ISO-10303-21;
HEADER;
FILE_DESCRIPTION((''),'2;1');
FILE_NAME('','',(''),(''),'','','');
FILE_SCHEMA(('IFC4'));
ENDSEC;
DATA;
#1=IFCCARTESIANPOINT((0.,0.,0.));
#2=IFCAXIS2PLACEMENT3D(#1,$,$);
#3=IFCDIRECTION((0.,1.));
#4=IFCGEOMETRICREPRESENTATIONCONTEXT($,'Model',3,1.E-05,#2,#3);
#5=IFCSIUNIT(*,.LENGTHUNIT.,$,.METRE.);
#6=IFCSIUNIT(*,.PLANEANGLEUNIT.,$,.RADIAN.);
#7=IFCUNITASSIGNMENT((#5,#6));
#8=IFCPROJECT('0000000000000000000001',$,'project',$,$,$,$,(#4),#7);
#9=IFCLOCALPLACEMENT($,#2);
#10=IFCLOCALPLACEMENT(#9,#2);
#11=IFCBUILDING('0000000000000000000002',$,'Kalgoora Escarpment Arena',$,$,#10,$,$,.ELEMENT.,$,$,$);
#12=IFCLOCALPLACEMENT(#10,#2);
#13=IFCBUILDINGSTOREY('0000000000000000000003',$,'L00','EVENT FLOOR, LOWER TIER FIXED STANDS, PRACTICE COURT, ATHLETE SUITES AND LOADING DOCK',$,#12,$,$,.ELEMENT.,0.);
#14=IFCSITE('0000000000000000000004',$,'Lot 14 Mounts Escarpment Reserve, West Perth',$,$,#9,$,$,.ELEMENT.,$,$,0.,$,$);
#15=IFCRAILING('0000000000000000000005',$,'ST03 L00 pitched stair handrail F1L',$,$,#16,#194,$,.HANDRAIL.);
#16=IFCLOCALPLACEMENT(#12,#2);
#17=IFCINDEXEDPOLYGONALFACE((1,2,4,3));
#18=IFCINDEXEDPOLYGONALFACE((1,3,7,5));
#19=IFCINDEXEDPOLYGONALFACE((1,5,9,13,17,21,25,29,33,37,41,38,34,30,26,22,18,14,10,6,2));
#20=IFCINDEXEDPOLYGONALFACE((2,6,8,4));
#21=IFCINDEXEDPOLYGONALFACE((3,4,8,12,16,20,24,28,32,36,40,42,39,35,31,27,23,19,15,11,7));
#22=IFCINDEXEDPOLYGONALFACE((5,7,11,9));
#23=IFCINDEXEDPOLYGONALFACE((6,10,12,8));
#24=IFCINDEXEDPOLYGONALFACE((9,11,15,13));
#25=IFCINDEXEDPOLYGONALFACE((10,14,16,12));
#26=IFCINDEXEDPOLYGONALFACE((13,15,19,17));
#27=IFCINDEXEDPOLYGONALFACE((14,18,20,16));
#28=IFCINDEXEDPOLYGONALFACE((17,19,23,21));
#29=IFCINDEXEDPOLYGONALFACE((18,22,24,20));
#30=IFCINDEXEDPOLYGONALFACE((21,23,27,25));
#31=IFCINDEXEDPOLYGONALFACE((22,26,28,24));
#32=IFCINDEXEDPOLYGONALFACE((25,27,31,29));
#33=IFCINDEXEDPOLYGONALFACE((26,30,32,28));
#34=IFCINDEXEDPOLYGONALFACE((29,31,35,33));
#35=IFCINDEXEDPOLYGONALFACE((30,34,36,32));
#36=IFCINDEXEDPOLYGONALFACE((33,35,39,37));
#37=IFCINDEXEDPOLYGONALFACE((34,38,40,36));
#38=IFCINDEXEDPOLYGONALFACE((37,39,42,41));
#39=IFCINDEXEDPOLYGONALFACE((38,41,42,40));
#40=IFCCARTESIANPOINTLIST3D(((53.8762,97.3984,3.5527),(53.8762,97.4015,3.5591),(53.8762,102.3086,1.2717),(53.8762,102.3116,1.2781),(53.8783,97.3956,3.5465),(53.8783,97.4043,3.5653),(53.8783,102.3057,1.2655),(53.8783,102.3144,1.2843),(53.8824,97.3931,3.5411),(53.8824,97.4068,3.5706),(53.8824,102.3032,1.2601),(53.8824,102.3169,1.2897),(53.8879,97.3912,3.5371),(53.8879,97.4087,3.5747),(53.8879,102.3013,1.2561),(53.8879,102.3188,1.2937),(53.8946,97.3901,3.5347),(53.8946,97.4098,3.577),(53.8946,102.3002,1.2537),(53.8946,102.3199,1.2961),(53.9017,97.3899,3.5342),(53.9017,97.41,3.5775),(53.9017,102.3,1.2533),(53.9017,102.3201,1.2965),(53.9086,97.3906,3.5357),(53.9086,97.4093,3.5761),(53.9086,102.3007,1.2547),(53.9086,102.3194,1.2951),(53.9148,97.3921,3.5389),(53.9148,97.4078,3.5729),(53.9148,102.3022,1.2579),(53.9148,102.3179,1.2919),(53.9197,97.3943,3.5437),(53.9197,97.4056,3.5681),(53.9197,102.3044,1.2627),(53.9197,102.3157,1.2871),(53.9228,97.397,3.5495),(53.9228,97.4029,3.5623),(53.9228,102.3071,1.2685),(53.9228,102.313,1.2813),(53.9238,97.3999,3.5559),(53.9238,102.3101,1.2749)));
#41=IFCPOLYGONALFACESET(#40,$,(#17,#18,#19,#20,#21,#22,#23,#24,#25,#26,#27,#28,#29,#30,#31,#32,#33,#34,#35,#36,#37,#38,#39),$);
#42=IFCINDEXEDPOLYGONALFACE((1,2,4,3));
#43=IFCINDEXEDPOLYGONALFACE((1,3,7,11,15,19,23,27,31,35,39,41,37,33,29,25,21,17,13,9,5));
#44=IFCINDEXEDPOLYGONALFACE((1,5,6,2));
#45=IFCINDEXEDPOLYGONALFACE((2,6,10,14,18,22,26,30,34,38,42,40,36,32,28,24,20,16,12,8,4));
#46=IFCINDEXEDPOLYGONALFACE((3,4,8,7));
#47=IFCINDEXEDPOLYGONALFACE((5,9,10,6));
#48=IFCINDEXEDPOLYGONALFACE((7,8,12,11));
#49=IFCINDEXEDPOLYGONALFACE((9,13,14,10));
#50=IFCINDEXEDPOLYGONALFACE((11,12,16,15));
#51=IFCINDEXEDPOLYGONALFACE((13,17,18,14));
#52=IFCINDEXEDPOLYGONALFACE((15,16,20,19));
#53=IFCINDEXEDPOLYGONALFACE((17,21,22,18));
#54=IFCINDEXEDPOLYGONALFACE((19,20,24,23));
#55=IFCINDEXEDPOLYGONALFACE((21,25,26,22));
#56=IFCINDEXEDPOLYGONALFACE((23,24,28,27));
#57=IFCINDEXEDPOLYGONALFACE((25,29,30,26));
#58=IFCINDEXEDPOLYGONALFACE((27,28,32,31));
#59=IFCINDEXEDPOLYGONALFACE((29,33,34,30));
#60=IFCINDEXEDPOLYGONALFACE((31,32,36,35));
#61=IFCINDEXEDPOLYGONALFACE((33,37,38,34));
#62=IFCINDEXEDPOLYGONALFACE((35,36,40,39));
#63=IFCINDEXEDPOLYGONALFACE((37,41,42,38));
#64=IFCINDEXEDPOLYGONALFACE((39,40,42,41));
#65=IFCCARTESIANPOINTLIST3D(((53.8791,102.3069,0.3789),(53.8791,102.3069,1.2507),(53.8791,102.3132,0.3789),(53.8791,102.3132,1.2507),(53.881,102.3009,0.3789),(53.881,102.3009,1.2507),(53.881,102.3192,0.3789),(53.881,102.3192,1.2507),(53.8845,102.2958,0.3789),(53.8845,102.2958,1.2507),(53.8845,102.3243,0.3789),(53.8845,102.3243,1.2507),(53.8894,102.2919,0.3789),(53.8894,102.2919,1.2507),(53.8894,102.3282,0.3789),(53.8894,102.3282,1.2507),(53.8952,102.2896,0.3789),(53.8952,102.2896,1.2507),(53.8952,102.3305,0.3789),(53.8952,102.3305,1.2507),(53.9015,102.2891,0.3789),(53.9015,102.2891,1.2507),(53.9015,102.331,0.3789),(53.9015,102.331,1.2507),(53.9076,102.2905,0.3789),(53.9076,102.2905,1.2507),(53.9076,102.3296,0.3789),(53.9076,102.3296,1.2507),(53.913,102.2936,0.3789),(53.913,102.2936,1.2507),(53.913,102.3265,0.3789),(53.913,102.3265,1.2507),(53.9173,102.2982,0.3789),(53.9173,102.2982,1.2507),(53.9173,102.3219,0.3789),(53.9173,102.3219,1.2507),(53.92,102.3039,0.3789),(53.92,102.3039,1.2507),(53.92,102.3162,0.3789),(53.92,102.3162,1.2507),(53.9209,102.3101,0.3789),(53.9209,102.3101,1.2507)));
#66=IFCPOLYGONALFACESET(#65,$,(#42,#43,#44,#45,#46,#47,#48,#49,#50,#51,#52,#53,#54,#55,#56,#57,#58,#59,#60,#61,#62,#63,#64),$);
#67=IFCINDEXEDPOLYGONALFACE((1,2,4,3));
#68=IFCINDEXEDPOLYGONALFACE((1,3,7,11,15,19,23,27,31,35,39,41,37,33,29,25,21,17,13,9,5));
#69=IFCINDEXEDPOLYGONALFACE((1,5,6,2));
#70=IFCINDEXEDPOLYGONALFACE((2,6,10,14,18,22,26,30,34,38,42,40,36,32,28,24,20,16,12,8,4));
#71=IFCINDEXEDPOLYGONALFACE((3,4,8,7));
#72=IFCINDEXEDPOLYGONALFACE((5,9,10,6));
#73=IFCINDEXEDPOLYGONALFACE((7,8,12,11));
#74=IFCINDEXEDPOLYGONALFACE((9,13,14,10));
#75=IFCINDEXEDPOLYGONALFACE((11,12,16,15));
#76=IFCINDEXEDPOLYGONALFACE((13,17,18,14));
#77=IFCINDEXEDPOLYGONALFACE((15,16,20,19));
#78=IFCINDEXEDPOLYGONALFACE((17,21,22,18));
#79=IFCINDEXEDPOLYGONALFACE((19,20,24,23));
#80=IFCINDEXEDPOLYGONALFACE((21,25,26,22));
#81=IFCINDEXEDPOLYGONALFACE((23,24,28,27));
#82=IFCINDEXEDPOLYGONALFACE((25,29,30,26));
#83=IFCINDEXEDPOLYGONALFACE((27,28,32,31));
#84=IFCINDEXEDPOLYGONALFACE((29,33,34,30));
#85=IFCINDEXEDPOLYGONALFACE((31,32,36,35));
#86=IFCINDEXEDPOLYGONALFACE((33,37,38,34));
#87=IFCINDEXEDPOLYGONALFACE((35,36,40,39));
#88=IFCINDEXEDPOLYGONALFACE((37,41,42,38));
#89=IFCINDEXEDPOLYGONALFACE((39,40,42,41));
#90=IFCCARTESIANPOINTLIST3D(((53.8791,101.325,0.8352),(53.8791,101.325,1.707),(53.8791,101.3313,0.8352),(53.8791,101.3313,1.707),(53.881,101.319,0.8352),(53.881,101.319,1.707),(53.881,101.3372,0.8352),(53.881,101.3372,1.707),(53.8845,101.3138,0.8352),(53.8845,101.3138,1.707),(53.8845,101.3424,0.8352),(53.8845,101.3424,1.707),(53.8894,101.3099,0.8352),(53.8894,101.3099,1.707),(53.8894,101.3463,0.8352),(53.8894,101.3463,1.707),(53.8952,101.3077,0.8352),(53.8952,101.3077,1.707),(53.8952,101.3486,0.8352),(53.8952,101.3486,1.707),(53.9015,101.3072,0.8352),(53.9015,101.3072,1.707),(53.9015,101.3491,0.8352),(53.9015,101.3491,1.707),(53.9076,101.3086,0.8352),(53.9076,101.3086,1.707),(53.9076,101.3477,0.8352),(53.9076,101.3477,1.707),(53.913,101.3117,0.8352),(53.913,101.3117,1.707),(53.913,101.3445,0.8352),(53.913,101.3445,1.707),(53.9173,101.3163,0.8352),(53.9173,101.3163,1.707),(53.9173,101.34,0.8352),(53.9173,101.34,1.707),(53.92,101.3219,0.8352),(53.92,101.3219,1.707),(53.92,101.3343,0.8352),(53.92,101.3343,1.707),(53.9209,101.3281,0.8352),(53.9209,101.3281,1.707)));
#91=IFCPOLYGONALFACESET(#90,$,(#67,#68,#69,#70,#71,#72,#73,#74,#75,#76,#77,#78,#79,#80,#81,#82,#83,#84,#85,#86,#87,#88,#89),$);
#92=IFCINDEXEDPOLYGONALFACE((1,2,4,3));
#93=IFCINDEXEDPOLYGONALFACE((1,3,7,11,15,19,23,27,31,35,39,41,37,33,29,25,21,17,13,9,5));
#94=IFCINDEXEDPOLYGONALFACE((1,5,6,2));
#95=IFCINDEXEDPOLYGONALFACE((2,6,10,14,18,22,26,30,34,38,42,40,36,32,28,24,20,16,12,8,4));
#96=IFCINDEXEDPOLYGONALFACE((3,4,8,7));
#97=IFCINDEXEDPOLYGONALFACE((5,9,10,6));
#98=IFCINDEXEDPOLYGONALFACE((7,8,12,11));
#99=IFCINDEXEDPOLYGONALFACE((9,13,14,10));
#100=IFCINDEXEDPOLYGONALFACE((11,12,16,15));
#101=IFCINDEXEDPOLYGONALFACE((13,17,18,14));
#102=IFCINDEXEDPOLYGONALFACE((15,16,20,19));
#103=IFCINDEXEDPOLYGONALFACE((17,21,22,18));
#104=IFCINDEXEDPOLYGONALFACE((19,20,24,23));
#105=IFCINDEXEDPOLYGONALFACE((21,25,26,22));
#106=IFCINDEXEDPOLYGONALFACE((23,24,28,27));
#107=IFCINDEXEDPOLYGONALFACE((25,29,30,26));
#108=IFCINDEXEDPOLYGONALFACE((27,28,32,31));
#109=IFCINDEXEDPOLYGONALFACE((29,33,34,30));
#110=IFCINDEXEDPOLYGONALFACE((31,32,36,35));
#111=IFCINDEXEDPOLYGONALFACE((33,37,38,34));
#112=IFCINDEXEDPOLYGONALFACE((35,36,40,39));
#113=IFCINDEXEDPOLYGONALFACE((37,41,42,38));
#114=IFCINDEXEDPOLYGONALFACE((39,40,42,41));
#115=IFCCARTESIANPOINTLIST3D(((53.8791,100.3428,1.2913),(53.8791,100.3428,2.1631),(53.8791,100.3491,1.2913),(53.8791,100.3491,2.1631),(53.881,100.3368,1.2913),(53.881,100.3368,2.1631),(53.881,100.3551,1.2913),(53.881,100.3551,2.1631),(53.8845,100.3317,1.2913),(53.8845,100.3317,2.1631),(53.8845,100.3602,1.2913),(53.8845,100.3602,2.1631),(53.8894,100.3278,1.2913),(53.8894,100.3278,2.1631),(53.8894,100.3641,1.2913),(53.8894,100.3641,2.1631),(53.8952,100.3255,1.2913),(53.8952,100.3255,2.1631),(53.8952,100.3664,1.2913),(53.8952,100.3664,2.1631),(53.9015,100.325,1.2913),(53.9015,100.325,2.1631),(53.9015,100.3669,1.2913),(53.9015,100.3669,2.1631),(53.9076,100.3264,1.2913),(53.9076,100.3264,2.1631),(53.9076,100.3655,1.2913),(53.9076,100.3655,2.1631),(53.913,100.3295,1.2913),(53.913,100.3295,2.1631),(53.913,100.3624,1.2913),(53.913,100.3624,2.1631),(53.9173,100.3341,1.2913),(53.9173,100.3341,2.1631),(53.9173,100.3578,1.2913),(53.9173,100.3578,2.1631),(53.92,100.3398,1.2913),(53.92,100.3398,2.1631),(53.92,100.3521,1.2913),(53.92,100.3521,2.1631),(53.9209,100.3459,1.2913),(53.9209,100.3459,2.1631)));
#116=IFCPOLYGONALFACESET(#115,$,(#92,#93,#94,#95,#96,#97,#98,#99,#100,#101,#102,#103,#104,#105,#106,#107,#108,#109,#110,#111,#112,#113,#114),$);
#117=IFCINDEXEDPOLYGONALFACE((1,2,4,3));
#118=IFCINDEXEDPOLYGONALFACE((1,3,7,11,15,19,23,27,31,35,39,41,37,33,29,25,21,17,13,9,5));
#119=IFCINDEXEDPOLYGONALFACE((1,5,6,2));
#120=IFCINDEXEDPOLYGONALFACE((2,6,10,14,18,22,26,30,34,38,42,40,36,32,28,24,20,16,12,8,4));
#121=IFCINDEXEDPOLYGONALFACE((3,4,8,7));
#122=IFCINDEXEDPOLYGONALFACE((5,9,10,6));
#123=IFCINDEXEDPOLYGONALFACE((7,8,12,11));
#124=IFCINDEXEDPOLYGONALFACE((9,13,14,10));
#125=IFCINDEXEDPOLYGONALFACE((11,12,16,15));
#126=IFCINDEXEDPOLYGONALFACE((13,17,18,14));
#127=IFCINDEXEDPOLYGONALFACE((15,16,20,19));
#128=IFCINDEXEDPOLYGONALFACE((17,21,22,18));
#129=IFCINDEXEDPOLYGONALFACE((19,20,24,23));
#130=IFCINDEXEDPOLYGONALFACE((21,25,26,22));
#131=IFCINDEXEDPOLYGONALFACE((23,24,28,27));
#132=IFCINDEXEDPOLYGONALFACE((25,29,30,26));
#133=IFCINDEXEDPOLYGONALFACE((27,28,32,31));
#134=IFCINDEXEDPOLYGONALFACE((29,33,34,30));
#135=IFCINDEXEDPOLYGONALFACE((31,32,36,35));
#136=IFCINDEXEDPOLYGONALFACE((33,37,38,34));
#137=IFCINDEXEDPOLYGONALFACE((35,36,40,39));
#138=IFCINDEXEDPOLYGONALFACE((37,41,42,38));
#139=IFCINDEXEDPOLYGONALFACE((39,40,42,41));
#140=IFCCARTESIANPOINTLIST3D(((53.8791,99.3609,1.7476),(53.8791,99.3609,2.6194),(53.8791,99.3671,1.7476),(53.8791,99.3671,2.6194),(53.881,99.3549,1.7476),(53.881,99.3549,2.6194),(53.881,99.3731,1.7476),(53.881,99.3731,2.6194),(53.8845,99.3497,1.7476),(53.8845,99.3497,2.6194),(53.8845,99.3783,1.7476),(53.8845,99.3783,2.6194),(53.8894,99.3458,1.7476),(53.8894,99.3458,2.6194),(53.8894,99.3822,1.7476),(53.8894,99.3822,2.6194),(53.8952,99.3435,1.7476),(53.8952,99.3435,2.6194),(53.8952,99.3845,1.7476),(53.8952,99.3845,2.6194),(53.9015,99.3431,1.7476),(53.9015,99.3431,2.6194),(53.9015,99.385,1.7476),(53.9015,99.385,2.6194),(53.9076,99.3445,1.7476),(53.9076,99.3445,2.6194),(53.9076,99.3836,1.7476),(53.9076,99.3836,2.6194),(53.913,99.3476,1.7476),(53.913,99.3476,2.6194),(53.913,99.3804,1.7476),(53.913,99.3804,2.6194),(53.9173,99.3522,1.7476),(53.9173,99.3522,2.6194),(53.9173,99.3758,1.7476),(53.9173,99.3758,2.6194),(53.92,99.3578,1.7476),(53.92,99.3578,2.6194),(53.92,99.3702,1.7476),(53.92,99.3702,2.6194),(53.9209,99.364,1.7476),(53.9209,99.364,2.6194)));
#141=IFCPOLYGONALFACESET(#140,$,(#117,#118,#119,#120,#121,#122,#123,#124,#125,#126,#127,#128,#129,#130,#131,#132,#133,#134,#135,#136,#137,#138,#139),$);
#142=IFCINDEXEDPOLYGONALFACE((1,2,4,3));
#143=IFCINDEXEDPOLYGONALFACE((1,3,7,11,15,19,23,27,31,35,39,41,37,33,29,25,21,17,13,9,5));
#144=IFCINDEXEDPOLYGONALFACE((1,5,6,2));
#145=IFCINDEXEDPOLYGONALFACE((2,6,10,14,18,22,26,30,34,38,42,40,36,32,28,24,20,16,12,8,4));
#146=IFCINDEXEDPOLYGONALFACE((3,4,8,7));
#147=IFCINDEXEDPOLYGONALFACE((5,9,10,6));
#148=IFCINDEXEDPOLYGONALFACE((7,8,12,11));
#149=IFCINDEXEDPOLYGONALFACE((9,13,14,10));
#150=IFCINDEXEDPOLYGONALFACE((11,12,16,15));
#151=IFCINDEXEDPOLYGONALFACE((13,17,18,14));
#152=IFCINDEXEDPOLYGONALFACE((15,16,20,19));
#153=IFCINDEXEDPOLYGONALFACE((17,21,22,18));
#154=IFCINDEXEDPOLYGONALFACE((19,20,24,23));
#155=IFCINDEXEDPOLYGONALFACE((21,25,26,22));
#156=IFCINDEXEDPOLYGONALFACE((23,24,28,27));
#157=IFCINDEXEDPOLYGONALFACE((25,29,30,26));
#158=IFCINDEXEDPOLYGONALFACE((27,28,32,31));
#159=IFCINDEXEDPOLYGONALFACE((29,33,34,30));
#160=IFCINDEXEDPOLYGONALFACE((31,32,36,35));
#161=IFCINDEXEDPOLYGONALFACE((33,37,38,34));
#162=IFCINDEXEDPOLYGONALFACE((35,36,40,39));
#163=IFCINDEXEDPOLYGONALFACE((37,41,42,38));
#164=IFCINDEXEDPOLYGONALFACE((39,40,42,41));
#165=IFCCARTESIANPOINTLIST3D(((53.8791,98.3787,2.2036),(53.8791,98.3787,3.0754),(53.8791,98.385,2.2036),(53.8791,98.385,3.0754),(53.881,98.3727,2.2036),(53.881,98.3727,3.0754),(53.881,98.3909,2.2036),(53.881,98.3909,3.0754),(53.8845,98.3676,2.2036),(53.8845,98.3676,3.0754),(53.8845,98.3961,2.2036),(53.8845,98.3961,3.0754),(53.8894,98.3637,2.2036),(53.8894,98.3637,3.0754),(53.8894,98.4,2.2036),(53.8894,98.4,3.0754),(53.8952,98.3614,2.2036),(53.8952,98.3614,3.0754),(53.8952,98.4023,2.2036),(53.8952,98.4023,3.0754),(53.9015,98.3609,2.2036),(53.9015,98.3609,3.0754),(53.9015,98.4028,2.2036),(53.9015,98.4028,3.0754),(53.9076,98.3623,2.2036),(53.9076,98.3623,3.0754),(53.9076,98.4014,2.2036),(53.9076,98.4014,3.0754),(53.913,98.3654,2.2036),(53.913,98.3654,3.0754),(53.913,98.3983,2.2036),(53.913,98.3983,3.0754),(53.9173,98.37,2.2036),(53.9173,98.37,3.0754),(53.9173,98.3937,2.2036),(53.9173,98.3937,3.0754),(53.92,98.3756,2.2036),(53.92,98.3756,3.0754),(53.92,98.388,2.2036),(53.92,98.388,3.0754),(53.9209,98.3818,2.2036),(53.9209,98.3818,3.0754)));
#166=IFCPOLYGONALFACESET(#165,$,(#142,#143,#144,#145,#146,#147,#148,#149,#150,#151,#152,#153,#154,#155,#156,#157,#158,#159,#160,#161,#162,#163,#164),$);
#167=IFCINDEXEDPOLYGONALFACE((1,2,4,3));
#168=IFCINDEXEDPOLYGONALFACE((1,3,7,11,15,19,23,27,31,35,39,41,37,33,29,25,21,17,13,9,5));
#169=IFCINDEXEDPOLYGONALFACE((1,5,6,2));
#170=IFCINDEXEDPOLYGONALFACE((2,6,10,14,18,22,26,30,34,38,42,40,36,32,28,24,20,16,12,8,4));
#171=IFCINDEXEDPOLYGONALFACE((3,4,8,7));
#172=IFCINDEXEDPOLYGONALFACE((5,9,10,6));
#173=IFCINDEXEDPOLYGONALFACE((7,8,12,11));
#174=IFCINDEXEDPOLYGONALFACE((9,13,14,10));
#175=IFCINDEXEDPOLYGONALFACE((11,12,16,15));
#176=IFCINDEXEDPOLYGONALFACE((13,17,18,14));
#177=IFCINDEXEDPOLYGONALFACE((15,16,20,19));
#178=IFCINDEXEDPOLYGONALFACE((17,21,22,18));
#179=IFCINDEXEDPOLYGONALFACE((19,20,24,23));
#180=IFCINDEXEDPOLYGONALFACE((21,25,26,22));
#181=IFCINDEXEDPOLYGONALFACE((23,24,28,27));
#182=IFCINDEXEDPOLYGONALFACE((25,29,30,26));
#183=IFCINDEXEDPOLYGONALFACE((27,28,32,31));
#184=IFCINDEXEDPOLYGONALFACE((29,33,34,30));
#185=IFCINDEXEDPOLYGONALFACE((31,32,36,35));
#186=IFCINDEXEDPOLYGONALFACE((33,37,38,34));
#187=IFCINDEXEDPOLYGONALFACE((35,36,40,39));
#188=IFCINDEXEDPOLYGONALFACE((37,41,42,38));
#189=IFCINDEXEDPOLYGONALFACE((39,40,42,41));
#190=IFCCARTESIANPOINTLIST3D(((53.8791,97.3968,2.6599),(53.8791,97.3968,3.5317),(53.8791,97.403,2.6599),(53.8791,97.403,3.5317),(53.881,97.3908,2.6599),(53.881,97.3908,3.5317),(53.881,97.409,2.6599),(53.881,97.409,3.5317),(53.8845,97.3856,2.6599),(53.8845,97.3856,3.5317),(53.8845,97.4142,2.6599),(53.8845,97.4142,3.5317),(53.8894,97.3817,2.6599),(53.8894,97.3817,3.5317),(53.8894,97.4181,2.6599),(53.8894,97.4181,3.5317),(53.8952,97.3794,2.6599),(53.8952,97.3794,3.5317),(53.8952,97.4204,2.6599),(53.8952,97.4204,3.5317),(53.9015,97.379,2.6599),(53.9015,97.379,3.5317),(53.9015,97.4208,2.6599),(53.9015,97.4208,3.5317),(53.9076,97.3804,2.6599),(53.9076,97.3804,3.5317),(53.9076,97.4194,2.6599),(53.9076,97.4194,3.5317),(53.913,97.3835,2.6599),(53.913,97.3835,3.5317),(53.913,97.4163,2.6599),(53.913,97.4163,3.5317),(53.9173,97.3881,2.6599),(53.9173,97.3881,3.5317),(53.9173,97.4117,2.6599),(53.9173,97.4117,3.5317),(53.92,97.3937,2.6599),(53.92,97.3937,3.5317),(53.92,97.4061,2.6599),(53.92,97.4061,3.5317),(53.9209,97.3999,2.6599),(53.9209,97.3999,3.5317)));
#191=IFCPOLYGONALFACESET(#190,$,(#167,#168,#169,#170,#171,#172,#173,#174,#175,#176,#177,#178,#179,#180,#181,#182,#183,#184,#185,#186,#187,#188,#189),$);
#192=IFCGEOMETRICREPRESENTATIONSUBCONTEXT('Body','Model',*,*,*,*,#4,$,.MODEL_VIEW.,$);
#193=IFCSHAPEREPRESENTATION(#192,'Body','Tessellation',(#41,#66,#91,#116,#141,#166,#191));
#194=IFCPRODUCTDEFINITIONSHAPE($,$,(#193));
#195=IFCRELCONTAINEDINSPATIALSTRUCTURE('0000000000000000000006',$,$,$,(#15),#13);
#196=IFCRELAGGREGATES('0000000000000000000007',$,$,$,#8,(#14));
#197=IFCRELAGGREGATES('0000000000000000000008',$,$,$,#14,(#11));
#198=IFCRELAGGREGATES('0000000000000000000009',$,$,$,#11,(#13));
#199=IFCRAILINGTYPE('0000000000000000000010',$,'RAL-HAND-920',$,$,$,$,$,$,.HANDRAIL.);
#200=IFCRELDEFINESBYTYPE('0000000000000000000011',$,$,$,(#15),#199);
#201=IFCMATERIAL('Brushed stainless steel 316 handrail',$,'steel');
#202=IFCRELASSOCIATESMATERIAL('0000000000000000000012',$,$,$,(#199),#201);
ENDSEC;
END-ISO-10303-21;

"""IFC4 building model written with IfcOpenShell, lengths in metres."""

from ifc_helpers import new_model, si_unit, direction, frame, origin, origin_2d, place, context, subcontext, project, spatial, circle, extrude, material, type_object, element, save


model = new_model("IFC4")

# Units and contexts
model_context = context("Model", 3, precision=1e-05, world=origin(), true_north=direction((0.0, 1.0)))
body_context = subcontext(model_context, "Body", "Model", "MODEL_VIEW")
ifc_project = project(units=[si_unit("LENGTHUNIT", "METRE"), si_unit("PLANEANGLEUNIT", "RADIAN")], contexts=[model_context])

# Site, building, storey
site_placement = place(None, origin())
site = spatial("IfcSite", under=ifc_project, at=site_placement, Name="Lot 14 Mounts Escarpment Reserve, West Perth", CompositionType="ELEMENT", RefElevation=0.0)
building_placement = place(site_placement, origin())
building = spatial("IfcBuilding", under=site, at=building_placement, Name="Kalgoora Escarpment Arena", CompositionType="ELEMENT")
storey_placement = place(building_placement, origin())
storey = spatial("IfcBuildingStorey", under=building, at=storey_placement, Name="L00", Description="EVENT FLOOR, LOWER TIER FIXED STANDS, PRACTICE COURT, ATHLETE SUITES AND LOADING DOCK", CompositionType="ELEMENT", Elevation=0.0)

# Railing
ifc_material_1 = material(Name="Brushed stainless steel 316 handrail", Category="steel")
railing_type = type_object("IfcRailingType", Name="RAL-HAND-920", PredefinedType="HANDRAIL", material=ifc_material_1)
for number, where, name in (
    (1, (53.8999, 102.3101, 0.3789), "ST03 L00 pitched stair handrail F1L"),
):
    element("IfcRailing", number, at=place(storey_placement, frame(where)), inside=storey, type_object=railing_type, Name=name, PredefinedType="HANDRAIL", context=body_context, shape_type="SweptSolid", body=[
        extrude(circle(Radius=0.0239, at=origin_2d()), frame((0.0, 0.0, 0.896), z_axis=(0.0, -0.906918, 0.421307), x_axis=(1.0, 0.0, 0.0)), (0.0, 0.0, 1.0), 5.4141),
        extrude(circle(Radius=0.021, at=origin_2d()), origin(), (0.0, 0.0, 1.0), 0.8718),
        extrude(circle(Radius=0.021, at=origin_2d()), frame((0.0, -0.9819, 0.4563)), (0.0, 0.0, 1.0), 0.8718),
        extrude(circle(Radius=0.021, at=origin_2d()), frame((0.0, -1.9641, 0.9124)), (0.0, 0.0, 1.0), 0.8718),
        extrude(circle(Radius=0.021, at=origin_2d()), frame((0.0, -2.946, 1.3687)), (0.0, 0.0, 1.0), 0.8718),
        extrude(circle(Radius=0.021, at=origin_2d()), frame((0.0, -3.9282, 1.8247)), (0.0, 0.0, 1.0), 0.8718),
        extrude(circle(Radius=0.021, at=origin_2d()), frame((0.0, -4.9102, 2.281)), (0.0, 0.0, 1.0), 0.8718),
    ])

save(model, "model.ifc")
